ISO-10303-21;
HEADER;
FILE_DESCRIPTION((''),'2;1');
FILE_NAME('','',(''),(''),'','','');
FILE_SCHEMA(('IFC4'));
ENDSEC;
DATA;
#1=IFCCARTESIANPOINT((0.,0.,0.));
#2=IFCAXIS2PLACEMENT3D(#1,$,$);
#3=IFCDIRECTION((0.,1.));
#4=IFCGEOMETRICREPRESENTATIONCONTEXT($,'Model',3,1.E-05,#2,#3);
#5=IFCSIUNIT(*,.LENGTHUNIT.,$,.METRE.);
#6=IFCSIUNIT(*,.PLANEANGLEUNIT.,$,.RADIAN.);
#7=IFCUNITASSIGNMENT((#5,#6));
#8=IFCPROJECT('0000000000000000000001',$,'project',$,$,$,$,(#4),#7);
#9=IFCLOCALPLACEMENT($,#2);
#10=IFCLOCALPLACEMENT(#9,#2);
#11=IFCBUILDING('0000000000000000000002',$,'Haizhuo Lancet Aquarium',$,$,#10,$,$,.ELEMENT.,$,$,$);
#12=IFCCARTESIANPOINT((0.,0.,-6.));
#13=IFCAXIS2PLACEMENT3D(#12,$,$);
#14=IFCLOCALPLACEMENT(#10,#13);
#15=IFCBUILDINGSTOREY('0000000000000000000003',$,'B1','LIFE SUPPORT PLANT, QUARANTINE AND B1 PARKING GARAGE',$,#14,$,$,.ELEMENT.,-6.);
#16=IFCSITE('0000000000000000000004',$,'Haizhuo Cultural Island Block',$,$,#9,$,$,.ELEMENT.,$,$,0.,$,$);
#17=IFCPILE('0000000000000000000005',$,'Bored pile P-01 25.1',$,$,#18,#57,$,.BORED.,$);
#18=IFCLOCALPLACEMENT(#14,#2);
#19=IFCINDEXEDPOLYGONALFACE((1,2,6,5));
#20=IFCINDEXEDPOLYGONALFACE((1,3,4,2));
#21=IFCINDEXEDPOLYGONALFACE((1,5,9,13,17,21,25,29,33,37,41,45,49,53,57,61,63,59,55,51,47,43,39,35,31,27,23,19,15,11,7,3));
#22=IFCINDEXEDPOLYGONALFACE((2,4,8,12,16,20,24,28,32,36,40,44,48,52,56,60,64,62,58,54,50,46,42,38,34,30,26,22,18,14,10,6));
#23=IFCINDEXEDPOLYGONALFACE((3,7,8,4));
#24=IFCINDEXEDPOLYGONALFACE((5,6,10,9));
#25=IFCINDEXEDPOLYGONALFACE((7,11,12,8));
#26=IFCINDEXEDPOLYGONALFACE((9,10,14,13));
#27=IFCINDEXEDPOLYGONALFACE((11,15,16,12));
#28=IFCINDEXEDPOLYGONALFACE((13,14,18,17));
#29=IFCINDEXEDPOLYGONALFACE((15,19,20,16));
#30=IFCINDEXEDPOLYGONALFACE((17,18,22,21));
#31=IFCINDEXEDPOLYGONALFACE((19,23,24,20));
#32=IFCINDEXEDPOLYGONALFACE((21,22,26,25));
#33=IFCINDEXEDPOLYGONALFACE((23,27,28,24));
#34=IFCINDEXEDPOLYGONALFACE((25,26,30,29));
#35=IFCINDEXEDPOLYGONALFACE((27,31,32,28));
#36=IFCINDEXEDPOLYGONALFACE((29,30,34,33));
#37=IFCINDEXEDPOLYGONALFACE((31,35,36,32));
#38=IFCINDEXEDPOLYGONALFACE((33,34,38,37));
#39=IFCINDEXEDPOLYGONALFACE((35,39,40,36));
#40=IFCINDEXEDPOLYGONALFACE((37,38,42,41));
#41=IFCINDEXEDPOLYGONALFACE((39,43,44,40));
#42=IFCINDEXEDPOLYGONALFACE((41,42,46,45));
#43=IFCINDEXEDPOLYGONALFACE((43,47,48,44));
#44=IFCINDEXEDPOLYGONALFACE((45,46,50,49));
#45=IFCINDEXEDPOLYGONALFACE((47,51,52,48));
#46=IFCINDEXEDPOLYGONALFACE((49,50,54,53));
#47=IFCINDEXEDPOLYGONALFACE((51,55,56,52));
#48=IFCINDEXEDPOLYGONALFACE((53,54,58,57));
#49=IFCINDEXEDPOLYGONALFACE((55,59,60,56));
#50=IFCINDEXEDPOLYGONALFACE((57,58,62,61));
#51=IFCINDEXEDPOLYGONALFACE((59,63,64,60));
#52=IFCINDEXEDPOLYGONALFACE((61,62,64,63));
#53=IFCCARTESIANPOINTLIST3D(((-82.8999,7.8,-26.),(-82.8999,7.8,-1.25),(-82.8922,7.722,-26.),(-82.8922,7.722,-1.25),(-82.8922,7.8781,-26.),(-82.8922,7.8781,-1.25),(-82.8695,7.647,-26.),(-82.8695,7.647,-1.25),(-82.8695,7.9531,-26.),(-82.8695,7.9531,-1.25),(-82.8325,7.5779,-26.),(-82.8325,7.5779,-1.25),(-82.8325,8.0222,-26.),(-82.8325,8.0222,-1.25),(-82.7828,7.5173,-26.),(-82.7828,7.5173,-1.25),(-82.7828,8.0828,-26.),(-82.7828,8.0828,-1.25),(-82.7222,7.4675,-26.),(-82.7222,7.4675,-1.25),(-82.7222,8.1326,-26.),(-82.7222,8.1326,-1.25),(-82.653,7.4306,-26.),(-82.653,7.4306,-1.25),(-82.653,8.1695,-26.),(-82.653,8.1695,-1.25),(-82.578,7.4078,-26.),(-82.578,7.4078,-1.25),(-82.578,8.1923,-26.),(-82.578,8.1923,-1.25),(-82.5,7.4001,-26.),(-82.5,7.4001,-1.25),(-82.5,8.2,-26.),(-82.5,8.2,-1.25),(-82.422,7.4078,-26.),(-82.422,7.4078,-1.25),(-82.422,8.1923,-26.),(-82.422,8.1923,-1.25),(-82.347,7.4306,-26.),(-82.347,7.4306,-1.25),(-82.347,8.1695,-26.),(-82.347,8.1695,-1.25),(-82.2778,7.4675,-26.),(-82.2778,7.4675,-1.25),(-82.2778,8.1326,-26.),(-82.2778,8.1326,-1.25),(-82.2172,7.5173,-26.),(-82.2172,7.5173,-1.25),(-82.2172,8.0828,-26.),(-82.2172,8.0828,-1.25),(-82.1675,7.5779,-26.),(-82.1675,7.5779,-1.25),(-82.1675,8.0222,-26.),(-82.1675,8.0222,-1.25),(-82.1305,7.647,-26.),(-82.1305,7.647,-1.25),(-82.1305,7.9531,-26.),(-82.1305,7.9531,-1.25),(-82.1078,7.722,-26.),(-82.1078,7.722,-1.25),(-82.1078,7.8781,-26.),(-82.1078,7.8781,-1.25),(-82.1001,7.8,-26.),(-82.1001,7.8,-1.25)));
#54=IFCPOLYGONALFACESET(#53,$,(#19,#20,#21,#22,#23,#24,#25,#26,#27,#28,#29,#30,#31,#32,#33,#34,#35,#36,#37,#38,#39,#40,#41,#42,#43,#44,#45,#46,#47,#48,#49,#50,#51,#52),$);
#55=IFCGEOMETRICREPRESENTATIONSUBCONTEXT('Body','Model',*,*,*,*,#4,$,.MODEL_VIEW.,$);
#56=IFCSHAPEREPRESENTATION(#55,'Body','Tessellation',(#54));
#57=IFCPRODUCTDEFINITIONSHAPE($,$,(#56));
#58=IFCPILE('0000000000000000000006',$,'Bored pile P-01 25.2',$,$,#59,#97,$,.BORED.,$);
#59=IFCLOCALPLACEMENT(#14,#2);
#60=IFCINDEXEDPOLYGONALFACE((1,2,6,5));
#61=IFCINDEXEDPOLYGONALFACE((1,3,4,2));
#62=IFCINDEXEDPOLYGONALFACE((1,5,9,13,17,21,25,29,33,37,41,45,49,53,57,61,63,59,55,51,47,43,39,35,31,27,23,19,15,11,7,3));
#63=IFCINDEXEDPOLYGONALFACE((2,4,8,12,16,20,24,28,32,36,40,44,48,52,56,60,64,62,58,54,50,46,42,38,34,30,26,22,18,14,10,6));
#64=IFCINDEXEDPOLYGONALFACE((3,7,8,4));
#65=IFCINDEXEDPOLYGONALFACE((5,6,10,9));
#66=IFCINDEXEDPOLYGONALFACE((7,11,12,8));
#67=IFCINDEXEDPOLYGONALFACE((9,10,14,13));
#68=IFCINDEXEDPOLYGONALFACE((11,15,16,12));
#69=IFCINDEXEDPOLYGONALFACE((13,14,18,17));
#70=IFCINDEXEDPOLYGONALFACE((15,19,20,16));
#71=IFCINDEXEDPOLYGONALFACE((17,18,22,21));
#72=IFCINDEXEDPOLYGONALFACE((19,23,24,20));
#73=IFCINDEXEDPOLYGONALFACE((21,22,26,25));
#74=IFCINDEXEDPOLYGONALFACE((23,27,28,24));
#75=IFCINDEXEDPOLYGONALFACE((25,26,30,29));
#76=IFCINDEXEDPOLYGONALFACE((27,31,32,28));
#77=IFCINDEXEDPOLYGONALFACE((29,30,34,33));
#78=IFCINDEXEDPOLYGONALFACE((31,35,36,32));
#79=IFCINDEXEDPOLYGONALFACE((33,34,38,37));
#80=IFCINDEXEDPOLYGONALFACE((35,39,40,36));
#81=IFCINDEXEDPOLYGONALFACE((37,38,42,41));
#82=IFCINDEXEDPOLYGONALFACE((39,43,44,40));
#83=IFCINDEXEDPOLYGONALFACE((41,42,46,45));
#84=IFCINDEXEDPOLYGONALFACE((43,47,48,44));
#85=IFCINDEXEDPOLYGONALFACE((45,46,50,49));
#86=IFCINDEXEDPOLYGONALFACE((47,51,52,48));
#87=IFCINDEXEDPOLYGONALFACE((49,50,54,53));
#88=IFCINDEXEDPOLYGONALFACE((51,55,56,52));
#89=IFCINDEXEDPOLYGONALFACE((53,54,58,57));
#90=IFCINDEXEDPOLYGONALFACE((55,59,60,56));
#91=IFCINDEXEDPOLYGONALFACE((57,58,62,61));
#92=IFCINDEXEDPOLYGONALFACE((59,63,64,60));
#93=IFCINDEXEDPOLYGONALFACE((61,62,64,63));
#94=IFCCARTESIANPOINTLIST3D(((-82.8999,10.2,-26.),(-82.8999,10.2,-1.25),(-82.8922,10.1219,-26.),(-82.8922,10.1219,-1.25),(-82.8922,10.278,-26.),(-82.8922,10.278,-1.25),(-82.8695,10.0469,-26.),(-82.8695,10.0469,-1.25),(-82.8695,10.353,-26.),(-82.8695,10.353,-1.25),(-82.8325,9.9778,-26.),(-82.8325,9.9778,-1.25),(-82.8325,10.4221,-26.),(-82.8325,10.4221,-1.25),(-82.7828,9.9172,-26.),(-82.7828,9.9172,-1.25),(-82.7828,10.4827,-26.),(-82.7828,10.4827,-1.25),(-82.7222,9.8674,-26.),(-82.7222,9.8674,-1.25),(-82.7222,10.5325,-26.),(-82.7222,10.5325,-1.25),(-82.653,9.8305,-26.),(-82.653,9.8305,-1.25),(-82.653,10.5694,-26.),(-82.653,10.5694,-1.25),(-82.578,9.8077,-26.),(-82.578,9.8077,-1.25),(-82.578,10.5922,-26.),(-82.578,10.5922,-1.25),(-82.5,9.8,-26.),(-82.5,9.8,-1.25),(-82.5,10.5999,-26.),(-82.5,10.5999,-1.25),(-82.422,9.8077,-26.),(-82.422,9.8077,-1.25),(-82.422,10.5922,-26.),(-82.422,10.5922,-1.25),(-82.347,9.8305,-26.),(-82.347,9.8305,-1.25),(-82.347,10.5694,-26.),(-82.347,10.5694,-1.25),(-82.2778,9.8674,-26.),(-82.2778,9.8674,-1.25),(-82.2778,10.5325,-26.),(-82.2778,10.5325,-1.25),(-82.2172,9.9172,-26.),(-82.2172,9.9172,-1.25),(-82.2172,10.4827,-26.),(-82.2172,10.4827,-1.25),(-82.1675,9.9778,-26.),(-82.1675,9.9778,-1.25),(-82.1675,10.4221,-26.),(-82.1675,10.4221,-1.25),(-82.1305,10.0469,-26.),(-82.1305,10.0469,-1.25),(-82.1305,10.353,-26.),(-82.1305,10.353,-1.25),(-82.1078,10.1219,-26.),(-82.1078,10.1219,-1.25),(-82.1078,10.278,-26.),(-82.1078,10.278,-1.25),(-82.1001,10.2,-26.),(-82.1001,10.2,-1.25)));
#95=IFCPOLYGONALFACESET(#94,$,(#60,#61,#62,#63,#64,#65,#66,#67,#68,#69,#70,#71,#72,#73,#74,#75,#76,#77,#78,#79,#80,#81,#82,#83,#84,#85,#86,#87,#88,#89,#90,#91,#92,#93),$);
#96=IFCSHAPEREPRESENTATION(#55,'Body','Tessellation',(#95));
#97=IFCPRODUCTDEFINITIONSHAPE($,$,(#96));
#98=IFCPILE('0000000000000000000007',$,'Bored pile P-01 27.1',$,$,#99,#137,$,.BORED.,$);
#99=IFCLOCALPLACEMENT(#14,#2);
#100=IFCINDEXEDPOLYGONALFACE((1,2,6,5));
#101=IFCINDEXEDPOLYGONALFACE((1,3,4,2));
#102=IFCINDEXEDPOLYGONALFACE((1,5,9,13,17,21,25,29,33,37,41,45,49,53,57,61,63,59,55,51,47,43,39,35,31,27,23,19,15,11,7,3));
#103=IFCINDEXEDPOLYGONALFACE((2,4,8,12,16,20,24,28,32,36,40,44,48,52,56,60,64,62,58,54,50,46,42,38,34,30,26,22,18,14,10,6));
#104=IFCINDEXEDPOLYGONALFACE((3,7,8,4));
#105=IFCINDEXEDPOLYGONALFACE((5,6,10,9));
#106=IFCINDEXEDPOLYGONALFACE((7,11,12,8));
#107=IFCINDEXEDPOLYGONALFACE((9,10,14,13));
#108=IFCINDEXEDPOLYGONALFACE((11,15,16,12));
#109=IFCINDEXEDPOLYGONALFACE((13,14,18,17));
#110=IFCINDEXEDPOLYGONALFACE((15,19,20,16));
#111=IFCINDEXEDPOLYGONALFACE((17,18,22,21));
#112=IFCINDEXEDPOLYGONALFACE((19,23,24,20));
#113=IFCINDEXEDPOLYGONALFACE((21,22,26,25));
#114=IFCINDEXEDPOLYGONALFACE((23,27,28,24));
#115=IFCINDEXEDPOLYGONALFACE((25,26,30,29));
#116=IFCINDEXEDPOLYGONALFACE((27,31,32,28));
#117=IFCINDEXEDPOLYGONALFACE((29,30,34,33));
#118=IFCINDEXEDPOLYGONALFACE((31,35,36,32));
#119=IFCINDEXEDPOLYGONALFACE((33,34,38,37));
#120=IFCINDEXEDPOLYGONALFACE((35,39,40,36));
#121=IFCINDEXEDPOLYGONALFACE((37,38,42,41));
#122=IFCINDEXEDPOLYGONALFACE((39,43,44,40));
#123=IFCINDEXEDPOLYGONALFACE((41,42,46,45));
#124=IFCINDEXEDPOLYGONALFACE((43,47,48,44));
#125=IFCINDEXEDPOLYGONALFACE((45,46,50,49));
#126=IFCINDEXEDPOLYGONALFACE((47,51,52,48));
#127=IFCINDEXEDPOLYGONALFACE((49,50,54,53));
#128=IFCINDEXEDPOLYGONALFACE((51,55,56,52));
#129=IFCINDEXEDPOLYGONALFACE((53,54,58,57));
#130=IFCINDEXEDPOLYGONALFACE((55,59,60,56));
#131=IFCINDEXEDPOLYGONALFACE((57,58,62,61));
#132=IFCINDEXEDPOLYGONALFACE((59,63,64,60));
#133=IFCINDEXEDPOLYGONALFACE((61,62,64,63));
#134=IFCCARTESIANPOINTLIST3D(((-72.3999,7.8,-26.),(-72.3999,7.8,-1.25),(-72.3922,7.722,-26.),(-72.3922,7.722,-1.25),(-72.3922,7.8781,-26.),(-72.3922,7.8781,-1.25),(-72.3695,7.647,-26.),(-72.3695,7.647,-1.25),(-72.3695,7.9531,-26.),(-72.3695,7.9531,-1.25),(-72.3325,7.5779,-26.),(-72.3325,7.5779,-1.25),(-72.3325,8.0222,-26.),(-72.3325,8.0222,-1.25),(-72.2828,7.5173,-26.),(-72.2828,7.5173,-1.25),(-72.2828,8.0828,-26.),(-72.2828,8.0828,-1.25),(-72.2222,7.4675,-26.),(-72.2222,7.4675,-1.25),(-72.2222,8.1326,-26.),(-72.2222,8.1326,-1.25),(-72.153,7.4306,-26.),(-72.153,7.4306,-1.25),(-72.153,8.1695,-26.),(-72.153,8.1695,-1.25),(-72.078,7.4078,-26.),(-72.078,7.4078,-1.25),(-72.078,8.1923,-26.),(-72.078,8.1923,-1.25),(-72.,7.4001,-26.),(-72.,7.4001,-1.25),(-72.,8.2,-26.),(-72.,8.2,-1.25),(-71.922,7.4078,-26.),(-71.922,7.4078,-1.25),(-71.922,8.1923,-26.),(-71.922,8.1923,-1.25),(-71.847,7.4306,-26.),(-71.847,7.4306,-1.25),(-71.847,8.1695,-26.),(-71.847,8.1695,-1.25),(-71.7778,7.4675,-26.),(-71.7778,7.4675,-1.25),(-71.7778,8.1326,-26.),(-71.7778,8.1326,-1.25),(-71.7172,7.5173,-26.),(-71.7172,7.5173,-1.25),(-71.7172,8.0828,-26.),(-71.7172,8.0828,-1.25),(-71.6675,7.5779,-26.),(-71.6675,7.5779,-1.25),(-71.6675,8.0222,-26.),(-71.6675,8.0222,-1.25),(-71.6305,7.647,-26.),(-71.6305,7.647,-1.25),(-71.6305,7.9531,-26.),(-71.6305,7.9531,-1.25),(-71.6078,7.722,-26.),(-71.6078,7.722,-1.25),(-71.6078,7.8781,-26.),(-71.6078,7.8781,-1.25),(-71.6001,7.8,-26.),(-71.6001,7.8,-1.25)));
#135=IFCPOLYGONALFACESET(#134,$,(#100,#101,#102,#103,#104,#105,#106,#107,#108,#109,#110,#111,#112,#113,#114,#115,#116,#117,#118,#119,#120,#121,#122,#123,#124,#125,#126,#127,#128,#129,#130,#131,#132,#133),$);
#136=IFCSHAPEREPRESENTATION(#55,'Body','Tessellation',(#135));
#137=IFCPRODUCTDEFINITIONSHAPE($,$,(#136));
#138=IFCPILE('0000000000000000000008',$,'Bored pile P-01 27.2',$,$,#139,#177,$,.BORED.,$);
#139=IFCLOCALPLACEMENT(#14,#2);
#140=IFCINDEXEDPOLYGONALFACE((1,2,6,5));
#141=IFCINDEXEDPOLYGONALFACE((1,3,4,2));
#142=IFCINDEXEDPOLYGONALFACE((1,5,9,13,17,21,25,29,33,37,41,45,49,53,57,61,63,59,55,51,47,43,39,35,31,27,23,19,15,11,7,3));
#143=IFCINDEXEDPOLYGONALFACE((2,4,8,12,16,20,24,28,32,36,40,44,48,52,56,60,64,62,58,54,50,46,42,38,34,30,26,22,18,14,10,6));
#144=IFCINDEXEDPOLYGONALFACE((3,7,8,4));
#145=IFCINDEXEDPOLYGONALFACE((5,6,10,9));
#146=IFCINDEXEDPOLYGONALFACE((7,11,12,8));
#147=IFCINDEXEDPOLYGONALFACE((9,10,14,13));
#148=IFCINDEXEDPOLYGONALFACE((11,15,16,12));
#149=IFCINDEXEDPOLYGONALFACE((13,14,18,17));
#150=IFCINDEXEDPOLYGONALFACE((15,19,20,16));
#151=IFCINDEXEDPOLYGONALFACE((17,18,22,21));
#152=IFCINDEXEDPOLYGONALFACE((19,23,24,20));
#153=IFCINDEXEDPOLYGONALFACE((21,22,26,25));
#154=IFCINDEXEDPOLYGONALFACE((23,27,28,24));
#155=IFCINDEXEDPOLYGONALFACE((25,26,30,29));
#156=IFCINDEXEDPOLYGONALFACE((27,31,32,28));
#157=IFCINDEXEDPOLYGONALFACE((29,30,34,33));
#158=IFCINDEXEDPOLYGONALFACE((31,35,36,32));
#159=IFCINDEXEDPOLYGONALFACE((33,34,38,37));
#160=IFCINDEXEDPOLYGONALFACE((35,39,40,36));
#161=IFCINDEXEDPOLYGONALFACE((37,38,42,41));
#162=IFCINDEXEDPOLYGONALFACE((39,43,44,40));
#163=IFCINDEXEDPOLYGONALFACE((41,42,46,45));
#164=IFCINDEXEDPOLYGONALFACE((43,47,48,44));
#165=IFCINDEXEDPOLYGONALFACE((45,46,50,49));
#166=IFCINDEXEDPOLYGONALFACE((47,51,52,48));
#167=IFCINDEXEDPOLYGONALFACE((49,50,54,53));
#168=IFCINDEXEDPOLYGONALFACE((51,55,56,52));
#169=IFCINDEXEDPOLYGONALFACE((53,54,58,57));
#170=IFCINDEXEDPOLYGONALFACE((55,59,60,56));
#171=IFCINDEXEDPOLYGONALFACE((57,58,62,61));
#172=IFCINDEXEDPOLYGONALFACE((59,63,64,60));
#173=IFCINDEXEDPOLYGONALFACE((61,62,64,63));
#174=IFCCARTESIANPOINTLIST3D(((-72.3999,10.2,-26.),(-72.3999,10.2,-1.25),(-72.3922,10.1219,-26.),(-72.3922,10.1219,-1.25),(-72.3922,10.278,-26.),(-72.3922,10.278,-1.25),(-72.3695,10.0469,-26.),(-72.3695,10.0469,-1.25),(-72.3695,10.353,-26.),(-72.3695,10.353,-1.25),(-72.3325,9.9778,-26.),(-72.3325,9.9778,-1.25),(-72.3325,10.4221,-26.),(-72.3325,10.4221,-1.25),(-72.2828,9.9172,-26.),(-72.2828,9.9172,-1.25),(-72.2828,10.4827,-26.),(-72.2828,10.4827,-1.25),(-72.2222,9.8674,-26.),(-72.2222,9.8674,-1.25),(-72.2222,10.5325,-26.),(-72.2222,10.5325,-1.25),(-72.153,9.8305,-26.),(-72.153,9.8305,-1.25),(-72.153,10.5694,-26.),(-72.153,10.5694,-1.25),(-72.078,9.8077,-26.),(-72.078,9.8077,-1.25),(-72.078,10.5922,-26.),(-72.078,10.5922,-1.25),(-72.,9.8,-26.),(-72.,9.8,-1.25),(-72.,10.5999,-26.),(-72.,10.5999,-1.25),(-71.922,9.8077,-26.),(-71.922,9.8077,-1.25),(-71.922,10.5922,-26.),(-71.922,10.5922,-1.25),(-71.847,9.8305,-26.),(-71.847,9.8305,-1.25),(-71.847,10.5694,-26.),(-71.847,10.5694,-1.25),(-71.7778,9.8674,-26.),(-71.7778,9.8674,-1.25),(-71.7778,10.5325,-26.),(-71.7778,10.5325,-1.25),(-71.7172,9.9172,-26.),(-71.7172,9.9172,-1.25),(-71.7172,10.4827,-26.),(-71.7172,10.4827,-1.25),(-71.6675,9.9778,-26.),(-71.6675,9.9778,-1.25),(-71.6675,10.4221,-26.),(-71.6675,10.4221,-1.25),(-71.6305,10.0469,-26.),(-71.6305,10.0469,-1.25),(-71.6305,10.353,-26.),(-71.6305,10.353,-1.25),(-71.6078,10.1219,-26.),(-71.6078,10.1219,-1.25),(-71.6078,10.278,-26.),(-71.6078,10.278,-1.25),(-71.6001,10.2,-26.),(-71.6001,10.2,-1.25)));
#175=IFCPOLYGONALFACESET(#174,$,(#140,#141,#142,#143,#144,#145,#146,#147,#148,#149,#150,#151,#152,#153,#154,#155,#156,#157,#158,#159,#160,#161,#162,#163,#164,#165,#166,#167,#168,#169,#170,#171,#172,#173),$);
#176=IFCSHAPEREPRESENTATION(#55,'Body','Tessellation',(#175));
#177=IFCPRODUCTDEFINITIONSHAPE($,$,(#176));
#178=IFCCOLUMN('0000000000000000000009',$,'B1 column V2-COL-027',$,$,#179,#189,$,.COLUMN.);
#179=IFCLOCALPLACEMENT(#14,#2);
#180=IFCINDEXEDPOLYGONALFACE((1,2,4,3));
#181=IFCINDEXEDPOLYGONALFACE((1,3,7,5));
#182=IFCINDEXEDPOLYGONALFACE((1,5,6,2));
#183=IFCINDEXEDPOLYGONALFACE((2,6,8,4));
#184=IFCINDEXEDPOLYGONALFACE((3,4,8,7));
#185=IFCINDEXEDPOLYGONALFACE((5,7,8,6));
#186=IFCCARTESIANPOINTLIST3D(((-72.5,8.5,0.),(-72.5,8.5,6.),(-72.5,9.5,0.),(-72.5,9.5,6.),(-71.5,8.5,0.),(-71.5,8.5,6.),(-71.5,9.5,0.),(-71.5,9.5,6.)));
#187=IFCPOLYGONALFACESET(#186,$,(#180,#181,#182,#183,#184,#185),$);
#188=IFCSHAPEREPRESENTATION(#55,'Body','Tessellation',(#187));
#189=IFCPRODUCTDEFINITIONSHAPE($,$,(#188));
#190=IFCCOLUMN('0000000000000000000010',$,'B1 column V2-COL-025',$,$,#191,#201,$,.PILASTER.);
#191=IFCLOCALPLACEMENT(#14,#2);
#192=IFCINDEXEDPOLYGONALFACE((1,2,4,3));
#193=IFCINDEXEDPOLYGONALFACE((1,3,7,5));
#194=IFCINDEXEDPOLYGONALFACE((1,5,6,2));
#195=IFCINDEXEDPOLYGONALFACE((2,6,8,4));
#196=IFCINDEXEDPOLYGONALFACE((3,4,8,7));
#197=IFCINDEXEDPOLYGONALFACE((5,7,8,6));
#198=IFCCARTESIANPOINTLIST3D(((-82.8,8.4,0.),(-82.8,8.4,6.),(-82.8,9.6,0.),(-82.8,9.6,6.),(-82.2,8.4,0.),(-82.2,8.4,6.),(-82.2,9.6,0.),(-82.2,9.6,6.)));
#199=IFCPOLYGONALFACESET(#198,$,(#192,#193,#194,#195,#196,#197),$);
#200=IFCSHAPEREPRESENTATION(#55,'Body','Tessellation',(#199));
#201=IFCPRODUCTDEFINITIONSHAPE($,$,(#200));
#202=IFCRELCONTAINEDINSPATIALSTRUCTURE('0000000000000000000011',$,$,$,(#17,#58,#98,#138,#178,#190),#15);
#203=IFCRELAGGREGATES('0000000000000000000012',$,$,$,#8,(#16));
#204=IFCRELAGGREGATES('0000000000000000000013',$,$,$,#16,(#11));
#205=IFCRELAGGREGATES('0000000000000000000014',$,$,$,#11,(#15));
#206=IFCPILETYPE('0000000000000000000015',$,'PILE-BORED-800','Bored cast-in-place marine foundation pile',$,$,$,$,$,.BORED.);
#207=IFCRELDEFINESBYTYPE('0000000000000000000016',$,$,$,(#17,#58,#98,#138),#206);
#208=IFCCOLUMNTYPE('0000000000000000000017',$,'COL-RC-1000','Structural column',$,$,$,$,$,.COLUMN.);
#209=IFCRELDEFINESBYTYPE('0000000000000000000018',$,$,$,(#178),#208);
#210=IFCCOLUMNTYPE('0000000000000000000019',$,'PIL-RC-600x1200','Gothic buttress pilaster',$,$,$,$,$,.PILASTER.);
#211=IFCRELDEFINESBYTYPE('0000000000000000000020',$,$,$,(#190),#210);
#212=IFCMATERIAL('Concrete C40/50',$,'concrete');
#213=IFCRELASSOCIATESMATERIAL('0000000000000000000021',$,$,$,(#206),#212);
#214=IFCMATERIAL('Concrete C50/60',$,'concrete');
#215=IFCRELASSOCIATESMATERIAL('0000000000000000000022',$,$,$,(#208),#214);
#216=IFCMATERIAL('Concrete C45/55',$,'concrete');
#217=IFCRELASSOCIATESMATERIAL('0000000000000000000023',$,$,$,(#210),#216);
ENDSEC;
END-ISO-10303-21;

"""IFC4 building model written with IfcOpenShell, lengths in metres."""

from ifc_helpers import new_model, si_unit, direction, frame, origin, origin_2d, place, context, subcontext, project, spatial, rectangle, circle, extrude, material, material_profile, profile_set, type_object, element, save


model = new_model("IFC4")

# Units and contexts
model_context = context("Model", 3, precision=1e-05, world=origin(), true_north=direction((0.0, 1.0)))
body_context = subcontext(model_context, "Body", "Model", "MODEL_VIEW")
ifc_project = project(units=[si_unit("LENGTHUNIT", "METRE"), si_unit("PLANEANGLEUNIT", "RADIAN")], contexts=[model_context])

# Site, building, storey
site_placement = place(None, origin())
site = spatial("IfcSite", under=ifc_project, at=site_placement, Name="Haizhuo Cultural Island Block", CompositionType="ELEMENT", RefElevation=0.0)
building_placement = place(site_placement, origin())
building = spatial("IfcBuilding", under=site, at=building_placement, Name="Haizhuo Lancet Aquarium", CompositionType="ELEMENT")
storey_placement = place(building_placement, frame((0.0, 0.0, -6.0)))
storey = spatial("IfcBuildingStorey", under=building, at=storey_placement, Name="B1", Description="LIFE SUPPORT PLANT, QUARANTINE AND B1 PARKING GARAGE", CompositionType="ELEMENT", Elevation=-6.0)

# Shared definitions
ifc_material_1 = material(Name="Concrete C40/50", Category="concrete")

# Piles
ifc_material_profile_1 = material_profile(ifc_material_1, circle(Radius=0.3999, at=origin_2d()), Name="PILE-800")
ifc_profile_set_1 = profile_set([ifc_material_profile_1], Name="Concrete C40/50")
pile_type = type_object("IfcPileType", Name="PILE-BORED-800", Description="Bored cast-in-place marine foundation pile", PredefinedType="BORED", material=ifc_profile_set_1)
for number, where, z_axis, x_axis, name in (
    (1, (-82.5, 7.8, -1.25), (0.0, 0.0, -1.0), (1.0, 0.0, 0.0), "Bored pile P-01 25.1"),
    (2, (-82.5, 10.2, -1.25), (0.0, 0.0, -1.0), (1.0, 0.0, 0.0), "Bored pile P-01 25.2"),
    (3, (-72.0, 7.8, -1.25), (0.0, 0.0, -1.0), (1.0, 0.0, 0.0), "Bored pile P-01 27.1"),
    (4, (-72.0, 10.2, -1.25), (0.0, 0.0, -1.0), (1.0, 0.0, 0.0), "Bored pile P-01 27.2"),
):
    element("IfcPile", number, at=place(storey_placement, frame(where, z_axis=z_axis, x_axis=x_axis)), inside=storey, type_object=pile_type, Name=name, PredefinedType="BORED", context=body_context, shape_type="SweptSolid", body=[
        extrude(circle(Radius=0.3999, at=origin_2d()), origin(), (0.0, 0.0, 1.0), 24.75),
    ])

# Columns
ifc_material_2 = material(Name="Concrete C50/60", Category="concrete")
ifc_material_profile_2 = material_profile(ifc_material_2, rectangle(XDim=1.0, YDim=1.0, at=origin_2d()), Name="RC-COL 1000x1000")
ifc_profile_set_2 = profile_set([ifc_material_profile_2], Name="Concrete C50/60")
column_type_1 = type_object("IfcColumnType", Name="COL-RC-1000", Description="Structural column", PredefinedType="COLUMN", material=ifc_profile_set_2)
column_1_placement = place(storey_placement, frame((-72.0, 9.0, 0.0), z_axis=(0.0, 0.0, 1.0), x_axis=(1.0, 0.0, 0.0)))
element("IfcColumn", 5, at=column_1_placement, inside=storey, type_object=column_type_1, Name="B1 column V2-COL-027", PredefinedType="COLUMN", context=body_context, shape_type="SweptSolid", body=[
    extrude(rectangle(XDim=1.0, YDim=1.0, at=origin_2d()), origin(), (0.0, 0.0, 1.0), 6.0),
])
ifc_material_3 = material(Name="Concrete C45/55", Category="concrete")
ifc_material_profile_3 = material_profile(ifc_material_3, rectangle(XDim=0.6001, YDim=1.2, at=origin_2d()), Name="RC-PIL 600x1200")
ifc_profile_set_3 = profile_set([ifc_material_profile_3], Name="Concrete C45/55")
column_type_2 = type_object("IfcColumnType", Name="PIL-RC-600x1200", Description="Gothic buttress pilaster", PredefinedType="PILASTER", material=ifc_profile_set_3)
column_2_placement = place(storey_placement, frame((-82.5, 9.0, 0.0), z_axis=(0.0, 0.0, 1.0), x_axis=(1.0, 0.0, 0.0)))
element("IfcColumn", 6, at=column_2_placement, inside=storey, type_object=column_type_2, Name="B1 column V2-COL-025", PredefinedType="PILASTER", context=body_context, shape_type="SweptSolid", body=[
    extrude(rectangle(XDim=0.6001, YDim=1.2, at=origin_2d()), origin(), (0.0, 0.0, 1.0), 6.0),
])

save(model, "model.ifc")
